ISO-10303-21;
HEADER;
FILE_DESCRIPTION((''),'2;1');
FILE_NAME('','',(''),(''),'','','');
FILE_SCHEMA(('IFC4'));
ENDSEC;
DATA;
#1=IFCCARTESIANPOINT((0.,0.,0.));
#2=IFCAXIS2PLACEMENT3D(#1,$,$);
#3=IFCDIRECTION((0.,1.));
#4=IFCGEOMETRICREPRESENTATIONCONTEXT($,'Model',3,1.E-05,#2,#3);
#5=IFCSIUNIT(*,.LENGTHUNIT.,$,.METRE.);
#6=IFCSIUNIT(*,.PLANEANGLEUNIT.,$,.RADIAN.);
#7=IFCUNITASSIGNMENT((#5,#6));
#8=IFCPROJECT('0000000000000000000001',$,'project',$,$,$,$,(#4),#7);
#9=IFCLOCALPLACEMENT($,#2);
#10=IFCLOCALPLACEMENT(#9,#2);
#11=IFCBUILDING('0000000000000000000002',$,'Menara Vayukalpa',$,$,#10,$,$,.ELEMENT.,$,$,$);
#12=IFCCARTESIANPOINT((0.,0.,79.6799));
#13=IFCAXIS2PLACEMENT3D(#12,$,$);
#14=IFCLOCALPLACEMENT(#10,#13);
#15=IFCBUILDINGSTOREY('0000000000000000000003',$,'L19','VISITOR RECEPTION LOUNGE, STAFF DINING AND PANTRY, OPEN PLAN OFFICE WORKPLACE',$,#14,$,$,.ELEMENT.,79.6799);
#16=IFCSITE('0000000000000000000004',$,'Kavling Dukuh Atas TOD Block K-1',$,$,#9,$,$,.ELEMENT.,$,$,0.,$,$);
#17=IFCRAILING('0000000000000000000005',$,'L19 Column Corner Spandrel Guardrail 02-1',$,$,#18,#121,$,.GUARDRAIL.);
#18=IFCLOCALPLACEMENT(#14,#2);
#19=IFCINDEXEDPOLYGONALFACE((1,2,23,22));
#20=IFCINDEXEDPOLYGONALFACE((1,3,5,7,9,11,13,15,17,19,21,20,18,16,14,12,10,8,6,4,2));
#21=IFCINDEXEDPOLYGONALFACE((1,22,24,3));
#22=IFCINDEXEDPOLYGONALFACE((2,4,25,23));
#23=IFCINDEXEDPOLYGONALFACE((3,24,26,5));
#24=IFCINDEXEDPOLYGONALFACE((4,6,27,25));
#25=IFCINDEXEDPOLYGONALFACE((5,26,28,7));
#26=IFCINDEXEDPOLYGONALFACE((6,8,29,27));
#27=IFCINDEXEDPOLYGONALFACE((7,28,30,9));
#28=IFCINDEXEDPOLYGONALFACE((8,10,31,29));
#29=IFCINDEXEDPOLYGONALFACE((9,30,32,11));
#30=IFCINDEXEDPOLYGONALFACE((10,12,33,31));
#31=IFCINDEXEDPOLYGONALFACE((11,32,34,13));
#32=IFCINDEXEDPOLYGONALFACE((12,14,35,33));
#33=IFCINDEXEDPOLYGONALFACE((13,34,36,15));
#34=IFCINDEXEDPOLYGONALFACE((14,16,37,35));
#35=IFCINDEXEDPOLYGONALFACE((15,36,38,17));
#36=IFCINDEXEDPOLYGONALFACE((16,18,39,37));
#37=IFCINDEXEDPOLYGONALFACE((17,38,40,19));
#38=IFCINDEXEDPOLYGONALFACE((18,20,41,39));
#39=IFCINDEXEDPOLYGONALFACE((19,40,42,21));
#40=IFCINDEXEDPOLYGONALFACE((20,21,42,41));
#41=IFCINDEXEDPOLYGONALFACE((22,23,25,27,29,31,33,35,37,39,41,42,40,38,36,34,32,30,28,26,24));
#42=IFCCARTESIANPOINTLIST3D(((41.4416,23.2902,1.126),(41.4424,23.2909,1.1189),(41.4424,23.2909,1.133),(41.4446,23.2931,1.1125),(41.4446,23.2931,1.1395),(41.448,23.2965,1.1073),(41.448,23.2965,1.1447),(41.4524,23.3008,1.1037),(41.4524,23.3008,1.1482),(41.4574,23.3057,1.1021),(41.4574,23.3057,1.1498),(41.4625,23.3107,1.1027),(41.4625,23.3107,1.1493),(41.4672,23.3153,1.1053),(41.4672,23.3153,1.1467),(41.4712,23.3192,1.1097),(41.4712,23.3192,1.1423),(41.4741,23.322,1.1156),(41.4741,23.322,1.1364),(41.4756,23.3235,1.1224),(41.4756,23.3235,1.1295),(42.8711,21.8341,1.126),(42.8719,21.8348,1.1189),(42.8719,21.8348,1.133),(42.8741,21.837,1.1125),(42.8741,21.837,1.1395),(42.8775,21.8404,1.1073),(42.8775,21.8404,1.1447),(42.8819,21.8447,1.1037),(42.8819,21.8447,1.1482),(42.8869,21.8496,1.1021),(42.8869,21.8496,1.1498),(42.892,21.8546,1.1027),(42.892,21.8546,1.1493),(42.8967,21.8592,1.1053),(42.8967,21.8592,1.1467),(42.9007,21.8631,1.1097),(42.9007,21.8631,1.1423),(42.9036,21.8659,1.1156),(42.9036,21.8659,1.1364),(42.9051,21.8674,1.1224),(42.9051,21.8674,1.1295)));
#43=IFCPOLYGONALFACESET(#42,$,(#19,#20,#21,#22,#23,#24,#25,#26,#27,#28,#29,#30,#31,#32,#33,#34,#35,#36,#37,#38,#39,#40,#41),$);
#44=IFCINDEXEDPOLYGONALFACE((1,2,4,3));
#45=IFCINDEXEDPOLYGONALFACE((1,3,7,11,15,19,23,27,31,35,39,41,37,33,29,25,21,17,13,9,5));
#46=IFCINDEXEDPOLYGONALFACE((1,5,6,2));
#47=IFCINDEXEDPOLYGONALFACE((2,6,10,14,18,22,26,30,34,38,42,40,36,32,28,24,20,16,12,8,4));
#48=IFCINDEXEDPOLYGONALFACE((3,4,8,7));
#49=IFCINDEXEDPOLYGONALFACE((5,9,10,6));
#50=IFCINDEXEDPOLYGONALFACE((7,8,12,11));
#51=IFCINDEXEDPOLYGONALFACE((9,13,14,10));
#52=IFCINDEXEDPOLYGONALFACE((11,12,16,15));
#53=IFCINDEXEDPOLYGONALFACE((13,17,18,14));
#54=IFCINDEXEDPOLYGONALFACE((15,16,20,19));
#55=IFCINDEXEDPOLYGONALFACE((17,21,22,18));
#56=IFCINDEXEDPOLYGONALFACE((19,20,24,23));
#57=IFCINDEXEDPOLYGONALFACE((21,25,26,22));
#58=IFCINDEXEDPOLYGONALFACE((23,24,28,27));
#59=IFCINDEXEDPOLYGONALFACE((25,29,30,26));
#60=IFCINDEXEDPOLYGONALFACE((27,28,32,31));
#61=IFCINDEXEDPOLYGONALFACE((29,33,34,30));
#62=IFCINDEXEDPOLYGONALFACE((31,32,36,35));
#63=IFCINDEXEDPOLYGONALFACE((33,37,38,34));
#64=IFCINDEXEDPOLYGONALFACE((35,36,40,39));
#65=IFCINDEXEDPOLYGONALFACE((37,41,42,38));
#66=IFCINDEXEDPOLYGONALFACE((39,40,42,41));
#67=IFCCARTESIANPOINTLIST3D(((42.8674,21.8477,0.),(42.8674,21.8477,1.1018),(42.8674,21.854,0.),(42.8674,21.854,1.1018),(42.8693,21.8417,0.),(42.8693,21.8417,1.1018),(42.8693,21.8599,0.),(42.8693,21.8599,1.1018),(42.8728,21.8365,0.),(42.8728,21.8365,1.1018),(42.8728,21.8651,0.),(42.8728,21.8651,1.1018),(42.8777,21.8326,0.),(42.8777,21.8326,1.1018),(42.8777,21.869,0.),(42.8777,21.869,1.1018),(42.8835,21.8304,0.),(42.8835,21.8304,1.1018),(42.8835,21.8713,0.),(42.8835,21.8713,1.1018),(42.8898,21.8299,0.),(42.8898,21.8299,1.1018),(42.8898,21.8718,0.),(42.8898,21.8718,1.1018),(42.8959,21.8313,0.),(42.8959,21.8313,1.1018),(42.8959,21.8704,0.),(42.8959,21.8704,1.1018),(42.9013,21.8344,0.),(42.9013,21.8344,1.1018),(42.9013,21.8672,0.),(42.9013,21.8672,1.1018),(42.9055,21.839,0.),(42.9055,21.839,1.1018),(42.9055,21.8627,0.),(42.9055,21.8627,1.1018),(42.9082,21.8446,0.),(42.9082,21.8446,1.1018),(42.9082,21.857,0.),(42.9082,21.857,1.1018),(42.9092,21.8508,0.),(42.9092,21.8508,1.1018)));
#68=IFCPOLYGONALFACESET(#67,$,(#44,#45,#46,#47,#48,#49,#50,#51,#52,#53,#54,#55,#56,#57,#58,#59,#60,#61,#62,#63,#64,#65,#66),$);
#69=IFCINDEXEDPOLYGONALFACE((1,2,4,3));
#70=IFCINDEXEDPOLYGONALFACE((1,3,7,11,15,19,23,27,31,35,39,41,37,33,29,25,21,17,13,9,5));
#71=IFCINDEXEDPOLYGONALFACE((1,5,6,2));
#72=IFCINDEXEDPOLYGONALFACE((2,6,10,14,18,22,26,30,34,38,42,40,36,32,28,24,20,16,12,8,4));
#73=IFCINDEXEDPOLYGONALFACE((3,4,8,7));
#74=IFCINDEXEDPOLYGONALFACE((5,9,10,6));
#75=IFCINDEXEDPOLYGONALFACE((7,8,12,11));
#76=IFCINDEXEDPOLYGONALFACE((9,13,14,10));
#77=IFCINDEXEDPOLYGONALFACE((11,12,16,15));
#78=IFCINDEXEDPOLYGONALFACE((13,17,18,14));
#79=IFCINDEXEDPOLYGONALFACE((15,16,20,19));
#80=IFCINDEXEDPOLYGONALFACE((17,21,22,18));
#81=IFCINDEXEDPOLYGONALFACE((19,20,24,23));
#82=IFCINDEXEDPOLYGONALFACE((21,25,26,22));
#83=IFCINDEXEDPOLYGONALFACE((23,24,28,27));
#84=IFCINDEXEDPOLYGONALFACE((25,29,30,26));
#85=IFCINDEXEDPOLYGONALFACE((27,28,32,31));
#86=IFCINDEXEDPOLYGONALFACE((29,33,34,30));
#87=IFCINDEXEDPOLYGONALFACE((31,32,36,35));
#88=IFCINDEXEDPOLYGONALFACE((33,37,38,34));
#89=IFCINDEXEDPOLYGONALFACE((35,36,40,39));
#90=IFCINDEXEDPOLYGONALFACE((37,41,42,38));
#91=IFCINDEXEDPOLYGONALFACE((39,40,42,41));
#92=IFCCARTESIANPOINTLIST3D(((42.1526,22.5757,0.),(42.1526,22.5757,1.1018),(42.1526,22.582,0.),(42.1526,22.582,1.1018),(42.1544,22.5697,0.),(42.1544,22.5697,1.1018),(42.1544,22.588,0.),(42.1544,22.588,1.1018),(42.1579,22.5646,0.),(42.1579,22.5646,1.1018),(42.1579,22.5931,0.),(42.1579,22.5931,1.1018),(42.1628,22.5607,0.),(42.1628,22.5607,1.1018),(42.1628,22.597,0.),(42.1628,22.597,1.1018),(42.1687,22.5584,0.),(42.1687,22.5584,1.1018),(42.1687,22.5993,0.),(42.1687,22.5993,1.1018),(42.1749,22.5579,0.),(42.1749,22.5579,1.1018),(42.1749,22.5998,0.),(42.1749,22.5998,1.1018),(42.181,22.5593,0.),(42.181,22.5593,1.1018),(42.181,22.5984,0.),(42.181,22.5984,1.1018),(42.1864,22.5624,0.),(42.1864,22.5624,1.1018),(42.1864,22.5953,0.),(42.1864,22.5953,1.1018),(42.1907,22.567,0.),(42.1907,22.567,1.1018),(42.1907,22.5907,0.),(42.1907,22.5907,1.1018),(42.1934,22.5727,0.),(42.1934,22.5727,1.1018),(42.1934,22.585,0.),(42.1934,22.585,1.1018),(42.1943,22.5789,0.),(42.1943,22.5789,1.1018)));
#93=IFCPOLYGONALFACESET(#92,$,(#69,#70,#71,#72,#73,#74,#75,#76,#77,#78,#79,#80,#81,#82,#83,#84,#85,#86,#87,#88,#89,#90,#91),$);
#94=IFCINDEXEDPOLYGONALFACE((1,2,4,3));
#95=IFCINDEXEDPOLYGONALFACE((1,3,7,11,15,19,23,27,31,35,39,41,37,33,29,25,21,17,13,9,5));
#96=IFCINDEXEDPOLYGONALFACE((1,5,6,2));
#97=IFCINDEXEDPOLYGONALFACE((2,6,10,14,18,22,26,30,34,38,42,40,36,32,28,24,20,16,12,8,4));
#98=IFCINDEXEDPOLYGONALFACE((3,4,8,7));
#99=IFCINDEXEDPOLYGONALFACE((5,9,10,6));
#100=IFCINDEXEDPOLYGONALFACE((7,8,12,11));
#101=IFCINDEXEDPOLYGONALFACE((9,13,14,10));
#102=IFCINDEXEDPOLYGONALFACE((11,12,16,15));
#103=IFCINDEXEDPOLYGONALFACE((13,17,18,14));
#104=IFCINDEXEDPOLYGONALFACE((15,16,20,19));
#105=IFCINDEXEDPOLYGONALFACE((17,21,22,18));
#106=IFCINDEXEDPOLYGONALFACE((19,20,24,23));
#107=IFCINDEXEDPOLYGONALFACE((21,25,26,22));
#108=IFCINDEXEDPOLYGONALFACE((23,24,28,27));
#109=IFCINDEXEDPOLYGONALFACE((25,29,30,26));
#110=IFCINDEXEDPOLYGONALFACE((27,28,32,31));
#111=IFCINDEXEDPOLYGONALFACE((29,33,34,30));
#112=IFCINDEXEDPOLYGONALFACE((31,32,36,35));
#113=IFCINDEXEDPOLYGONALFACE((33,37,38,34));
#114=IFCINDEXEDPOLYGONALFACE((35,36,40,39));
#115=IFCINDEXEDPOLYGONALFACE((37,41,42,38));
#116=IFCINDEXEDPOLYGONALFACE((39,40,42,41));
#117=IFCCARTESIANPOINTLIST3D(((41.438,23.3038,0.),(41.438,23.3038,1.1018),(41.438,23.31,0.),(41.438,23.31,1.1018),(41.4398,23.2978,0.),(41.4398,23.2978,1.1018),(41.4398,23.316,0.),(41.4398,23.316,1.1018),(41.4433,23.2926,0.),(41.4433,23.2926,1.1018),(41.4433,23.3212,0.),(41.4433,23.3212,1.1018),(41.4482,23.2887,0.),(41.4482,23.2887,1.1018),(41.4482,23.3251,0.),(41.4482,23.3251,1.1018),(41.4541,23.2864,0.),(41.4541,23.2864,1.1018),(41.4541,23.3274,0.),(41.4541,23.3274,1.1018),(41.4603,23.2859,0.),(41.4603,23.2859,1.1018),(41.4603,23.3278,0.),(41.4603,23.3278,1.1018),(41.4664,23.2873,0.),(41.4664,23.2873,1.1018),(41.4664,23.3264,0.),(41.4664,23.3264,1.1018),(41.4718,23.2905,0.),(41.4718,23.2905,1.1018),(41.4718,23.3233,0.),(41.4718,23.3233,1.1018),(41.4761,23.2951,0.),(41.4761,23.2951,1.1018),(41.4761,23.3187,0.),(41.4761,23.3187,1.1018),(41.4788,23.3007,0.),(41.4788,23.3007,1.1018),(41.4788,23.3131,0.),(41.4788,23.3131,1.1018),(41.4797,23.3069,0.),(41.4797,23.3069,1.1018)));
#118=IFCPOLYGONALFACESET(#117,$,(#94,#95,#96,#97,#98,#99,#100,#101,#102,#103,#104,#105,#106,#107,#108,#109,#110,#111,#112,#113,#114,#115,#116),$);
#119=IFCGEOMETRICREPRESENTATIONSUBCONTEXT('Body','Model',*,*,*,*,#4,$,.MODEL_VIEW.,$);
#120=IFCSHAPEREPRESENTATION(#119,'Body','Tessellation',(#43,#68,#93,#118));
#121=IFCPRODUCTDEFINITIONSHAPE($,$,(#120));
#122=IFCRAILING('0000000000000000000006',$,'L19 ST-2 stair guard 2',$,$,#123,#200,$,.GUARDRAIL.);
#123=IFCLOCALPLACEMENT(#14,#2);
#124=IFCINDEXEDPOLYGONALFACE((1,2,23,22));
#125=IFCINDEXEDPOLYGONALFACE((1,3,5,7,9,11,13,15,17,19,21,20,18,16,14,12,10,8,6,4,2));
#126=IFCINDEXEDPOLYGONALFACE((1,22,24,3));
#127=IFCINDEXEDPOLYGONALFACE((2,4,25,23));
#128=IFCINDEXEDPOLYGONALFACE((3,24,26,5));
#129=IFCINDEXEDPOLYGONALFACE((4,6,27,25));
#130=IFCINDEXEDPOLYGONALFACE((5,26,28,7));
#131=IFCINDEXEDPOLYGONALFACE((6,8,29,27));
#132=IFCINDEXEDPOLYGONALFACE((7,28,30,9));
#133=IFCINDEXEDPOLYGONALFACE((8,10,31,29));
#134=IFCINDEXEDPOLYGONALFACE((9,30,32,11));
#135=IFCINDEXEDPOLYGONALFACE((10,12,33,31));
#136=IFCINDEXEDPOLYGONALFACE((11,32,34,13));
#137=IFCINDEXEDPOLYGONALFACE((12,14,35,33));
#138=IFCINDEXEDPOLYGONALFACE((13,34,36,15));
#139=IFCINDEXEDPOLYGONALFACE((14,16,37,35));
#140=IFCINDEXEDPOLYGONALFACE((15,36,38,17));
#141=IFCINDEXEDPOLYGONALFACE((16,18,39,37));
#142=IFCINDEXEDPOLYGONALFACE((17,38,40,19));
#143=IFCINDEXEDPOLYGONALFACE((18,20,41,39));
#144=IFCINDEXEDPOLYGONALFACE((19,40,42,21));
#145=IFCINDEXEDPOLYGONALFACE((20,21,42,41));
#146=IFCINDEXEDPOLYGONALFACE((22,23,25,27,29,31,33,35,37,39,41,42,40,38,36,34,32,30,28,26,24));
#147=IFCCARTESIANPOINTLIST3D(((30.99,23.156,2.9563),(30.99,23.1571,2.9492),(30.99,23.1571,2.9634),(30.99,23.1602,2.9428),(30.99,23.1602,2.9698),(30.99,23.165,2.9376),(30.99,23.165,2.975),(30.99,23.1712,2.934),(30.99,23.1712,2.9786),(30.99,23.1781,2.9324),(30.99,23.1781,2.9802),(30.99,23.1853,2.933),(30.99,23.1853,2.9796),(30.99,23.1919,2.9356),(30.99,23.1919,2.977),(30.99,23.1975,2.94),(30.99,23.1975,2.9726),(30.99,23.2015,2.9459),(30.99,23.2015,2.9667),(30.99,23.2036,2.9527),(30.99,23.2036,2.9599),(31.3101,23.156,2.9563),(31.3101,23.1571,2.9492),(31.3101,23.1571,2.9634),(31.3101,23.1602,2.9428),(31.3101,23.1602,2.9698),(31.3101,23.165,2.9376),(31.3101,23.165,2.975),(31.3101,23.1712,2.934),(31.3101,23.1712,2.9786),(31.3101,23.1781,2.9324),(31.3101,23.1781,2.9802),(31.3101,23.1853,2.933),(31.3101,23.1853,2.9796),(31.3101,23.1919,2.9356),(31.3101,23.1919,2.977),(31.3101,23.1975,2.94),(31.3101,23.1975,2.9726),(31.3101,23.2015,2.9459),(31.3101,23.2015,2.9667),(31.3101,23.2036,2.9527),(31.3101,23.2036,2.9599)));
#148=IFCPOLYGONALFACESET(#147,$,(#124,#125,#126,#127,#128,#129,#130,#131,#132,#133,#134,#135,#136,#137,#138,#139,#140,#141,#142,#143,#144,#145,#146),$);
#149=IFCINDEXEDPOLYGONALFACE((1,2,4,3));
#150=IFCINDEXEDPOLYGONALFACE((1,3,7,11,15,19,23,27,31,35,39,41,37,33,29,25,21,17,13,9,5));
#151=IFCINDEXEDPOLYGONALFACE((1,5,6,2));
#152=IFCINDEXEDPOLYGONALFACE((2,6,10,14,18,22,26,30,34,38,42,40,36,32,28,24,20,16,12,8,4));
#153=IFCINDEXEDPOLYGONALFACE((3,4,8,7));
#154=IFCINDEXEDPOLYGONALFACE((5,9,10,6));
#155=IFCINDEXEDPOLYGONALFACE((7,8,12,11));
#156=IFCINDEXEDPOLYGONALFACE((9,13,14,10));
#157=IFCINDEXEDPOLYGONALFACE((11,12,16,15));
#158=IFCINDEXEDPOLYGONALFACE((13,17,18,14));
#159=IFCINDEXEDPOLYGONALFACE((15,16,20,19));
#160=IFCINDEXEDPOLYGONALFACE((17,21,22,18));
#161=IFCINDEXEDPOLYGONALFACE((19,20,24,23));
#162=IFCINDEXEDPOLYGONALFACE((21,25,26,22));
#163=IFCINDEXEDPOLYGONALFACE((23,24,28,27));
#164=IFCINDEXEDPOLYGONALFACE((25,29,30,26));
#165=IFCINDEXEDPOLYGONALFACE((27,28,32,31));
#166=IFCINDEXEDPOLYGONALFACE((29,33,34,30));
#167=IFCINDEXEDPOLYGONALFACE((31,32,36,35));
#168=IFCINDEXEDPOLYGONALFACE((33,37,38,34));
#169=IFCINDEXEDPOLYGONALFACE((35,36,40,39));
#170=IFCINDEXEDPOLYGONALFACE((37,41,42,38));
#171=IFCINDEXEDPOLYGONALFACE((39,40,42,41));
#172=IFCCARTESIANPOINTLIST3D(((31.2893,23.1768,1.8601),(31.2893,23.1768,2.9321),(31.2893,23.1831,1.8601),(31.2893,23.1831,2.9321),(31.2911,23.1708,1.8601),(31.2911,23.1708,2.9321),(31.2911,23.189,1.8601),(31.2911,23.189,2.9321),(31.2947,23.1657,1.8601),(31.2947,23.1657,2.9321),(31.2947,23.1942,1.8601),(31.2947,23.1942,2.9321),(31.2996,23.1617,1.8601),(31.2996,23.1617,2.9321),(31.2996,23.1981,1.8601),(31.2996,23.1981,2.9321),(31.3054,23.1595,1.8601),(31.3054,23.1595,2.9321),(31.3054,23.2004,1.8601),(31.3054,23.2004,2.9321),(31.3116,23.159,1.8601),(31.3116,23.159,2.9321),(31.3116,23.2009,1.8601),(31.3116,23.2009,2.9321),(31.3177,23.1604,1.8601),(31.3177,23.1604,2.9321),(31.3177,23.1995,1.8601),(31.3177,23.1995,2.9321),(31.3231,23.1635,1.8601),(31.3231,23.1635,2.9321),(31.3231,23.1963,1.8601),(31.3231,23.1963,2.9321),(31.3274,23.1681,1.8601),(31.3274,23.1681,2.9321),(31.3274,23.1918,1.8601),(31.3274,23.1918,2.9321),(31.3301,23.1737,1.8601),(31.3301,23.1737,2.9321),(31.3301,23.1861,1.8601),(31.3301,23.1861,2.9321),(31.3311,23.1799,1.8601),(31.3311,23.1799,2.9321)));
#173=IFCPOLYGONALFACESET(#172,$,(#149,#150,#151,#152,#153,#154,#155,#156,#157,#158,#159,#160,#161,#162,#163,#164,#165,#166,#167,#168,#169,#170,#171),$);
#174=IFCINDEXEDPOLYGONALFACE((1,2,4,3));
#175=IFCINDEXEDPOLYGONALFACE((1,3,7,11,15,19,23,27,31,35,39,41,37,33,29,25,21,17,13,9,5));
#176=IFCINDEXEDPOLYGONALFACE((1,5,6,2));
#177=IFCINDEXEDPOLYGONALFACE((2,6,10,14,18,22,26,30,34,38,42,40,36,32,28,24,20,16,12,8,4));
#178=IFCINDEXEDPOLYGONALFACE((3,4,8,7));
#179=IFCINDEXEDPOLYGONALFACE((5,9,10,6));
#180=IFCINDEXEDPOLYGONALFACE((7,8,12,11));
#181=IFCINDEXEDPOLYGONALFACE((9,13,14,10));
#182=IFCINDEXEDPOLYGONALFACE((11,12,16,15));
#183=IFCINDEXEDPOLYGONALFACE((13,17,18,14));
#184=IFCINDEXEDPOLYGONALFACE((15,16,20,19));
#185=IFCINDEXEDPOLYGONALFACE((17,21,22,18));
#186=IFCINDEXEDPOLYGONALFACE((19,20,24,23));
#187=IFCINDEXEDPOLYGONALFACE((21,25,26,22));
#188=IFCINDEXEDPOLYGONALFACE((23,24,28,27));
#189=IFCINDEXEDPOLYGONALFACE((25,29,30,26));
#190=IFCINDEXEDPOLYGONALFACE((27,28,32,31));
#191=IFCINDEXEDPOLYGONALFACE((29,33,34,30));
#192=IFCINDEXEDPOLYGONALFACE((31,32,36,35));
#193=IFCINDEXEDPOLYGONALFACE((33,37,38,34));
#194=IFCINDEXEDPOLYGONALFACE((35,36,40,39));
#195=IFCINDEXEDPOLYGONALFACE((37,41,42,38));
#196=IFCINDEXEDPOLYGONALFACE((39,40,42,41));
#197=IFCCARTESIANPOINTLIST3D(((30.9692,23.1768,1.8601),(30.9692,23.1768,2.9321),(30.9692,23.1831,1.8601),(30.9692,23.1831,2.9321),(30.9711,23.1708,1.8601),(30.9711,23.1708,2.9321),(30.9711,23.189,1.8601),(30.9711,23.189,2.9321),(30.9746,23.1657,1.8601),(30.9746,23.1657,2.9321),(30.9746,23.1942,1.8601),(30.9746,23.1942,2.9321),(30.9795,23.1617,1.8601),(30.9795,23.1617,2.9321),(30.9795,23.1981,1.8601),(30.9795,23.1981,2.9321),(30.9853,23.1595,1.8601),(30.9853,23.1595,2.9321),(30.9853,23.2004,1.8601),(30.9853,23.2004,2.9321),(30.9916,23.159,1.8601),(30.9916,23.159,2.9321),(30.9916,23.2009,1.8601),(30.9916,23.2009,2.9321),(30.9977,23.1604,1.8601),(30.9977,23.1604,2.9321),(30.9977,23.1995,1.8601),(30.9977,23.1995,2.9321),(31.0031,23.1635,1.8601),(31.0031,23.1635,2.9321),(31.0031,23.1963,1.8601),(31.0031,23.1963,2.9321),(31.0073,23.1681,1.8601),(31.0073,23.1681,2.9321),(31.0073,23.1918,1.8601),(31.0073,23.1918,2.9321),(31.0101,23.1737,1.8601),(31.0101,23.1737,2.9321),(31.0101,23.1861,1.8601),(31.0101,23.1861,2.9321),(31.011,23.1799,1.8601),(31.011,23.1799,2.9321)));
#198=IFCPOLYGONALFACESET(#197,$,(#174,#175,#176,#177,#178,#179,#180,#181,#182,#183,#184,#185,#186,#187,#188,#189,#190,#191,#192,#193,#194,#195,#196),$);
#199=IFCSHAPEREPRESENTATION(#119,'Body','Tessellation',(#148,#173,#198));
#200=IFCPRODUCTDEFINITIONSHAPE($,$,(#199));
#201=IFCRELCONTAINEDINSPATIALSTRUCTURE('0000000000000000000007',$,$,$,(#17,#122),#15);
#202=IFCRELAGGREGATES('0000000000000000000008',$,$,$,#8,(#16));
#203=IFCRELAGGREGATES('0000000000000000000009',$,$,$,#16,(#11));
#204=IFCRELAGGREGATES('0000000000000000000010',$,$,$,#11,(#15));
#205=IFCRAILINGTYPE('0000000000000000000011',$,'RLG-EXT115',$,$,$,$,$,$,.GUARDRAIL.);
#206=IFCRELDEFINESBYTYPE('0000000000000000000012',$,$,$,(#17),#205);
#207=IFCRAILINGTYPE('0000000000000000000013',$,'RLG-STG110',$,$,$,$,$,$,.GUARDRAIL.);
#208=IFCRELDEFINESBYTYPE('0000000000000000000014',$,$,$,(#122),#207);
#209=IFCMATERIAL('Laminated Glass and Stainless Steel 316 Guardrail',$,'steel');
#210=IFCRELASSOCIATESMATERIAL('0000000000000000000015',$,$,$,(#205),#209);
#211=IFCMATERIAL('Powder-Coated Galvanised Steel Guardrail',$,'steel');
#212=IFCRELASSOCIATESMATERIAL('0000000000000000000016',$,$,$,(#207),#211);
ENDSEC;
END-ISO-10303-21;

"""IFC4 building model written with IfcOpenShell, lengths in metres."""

from ifc_helpers import new_model, si_unit, direction, frame, origin, origin_2d, place, context, subcontext, project, spatial, circle, extrude, material, type_object, element, save


model = new_model("IFC4")

# Units and contexts
model_context = context("Model", 3, precision=1e-05, world=origin(), true_north=direction((0.0, 1.0)))
body_context = subcontext(model_context, "Body", "Model", "MODEL_VIEW")
ifc_project = project(units=[si_unit("LENGTHUNIT", "METRE"), si_unit("PLANEANGLEUNIT", "RADIAN")], contexts=[model_context])

# Site, building, storey
site_placement = place(None, origin())
site = spatial("IfcSite", under=ifc_project, at=site_placement, Name="Kavling Dukuh Atas TOD Block K-1", CompositionType="ELEMENT", RefElevation=0.0)
building_placement = place(site_placement, origin())
building = spatial("IfcBuilding", under=site, at=building_placement, Name="Menara Vayukalpa", CompositionType="ELEMENT")
storey_placement = place(building_placement, frame((0.0, 0.0, 79.6799)))
storey = spatial("IfcBuildingStorey", under=building, at=storey_placement, Name="L19", Description="VISITOR RECEPTION LOUNGE, STAFF DINING AND PANTRY, OPEN PLAN OFFICE WORKPLACE", CompositionType="ELEMENT", Elevation=79.6799)

# Railings
ifc_material_1 = material(Name="Laminated Glass and Stainless Steel 316 Guardrail", Category="steel")
railing_type_1 = type_object("IfcRailingType", Name="RLG-EXT115", PredefinedType="GUARDRAIL", material=ifc_material_1)
railing_1_placement = place(storey_placement, frame((42.8882, 21.8508, 0.0)))
element("IfcRailing", 1, at=railing_1_placement, inside=storey, type_object=railing_type_1, Name="L19 Column Corner Spandrel Guardrail 02-1", PredefinedType="GUARDRAIL", context=body_context, shape_type="SweptSolid", body=[
    extrude(circle(Radius=0.0239, at=origin_2d()), frame((0.0, 0.0, 1.126), z_axis=(-0.700556, 0.713598, 0.0), x_axis=(-0.713598, -0.700556, 0.0)), (0.0, 0.0, 1.0), 2.0405),
    extrude(circle(Radius=0.021, at=origin_2d()), origin(), (0.0, 0.0, 1.0), 1.1018),
    extrude(circle(Radius=0.021, at=origin_2d()), frame((-0.7148, 0.728, 0.0)), (0.0, 0.0, 1.0), 1.1018),
    extrude(circle(Radius=0.021, at=origin_2d()), frame((-1.4294, 1.4561, 0.0)), (0.0, 0.0, 1.0), 1.1018),
])
ifc_material_2 = material(Name="Powder-Coated Galvanised Steel Guardrail", Category="steel")
railing_type_2 = type_object("IfcRailingType", Name="RLG-STG110", PredefinedType="GUARDRAIL", material=ifc_material_2)
railing_2_placement = place(storey_placement, frame((31.3101, 23.1799, 1.8601)))
element("IfcRailing", 2, at=railing_2_placement, inside=storey, type_object=railing_type_2, Name="L19 ST-2 stair guard 2", PredefinedType="GUARDRAIL", context=body_context, shape_type="SweptSolid", body=[
    extrude(circle(Radius=0.0239, at=origin_2d()), frame((0.0, 0.0, 1.0962), z_axis=(-1.0, 0.0, 0.0), x_axis=(0.0, -1.0, 0.0)), (0.0, 0.0, 1.0), 0.3201),
    extrude(circle(Radius=0.021, at=origin_2d()), origin(), (0.0, 0.0, 1.0), 1.072),
    extrude(circle(Radius=0.021, at=origin_2d()), frame((-0.3201, 0.0, 0.0)), (0.0, 0.0, 1.0), 1.072),
])

save(model, "model.ifc")
